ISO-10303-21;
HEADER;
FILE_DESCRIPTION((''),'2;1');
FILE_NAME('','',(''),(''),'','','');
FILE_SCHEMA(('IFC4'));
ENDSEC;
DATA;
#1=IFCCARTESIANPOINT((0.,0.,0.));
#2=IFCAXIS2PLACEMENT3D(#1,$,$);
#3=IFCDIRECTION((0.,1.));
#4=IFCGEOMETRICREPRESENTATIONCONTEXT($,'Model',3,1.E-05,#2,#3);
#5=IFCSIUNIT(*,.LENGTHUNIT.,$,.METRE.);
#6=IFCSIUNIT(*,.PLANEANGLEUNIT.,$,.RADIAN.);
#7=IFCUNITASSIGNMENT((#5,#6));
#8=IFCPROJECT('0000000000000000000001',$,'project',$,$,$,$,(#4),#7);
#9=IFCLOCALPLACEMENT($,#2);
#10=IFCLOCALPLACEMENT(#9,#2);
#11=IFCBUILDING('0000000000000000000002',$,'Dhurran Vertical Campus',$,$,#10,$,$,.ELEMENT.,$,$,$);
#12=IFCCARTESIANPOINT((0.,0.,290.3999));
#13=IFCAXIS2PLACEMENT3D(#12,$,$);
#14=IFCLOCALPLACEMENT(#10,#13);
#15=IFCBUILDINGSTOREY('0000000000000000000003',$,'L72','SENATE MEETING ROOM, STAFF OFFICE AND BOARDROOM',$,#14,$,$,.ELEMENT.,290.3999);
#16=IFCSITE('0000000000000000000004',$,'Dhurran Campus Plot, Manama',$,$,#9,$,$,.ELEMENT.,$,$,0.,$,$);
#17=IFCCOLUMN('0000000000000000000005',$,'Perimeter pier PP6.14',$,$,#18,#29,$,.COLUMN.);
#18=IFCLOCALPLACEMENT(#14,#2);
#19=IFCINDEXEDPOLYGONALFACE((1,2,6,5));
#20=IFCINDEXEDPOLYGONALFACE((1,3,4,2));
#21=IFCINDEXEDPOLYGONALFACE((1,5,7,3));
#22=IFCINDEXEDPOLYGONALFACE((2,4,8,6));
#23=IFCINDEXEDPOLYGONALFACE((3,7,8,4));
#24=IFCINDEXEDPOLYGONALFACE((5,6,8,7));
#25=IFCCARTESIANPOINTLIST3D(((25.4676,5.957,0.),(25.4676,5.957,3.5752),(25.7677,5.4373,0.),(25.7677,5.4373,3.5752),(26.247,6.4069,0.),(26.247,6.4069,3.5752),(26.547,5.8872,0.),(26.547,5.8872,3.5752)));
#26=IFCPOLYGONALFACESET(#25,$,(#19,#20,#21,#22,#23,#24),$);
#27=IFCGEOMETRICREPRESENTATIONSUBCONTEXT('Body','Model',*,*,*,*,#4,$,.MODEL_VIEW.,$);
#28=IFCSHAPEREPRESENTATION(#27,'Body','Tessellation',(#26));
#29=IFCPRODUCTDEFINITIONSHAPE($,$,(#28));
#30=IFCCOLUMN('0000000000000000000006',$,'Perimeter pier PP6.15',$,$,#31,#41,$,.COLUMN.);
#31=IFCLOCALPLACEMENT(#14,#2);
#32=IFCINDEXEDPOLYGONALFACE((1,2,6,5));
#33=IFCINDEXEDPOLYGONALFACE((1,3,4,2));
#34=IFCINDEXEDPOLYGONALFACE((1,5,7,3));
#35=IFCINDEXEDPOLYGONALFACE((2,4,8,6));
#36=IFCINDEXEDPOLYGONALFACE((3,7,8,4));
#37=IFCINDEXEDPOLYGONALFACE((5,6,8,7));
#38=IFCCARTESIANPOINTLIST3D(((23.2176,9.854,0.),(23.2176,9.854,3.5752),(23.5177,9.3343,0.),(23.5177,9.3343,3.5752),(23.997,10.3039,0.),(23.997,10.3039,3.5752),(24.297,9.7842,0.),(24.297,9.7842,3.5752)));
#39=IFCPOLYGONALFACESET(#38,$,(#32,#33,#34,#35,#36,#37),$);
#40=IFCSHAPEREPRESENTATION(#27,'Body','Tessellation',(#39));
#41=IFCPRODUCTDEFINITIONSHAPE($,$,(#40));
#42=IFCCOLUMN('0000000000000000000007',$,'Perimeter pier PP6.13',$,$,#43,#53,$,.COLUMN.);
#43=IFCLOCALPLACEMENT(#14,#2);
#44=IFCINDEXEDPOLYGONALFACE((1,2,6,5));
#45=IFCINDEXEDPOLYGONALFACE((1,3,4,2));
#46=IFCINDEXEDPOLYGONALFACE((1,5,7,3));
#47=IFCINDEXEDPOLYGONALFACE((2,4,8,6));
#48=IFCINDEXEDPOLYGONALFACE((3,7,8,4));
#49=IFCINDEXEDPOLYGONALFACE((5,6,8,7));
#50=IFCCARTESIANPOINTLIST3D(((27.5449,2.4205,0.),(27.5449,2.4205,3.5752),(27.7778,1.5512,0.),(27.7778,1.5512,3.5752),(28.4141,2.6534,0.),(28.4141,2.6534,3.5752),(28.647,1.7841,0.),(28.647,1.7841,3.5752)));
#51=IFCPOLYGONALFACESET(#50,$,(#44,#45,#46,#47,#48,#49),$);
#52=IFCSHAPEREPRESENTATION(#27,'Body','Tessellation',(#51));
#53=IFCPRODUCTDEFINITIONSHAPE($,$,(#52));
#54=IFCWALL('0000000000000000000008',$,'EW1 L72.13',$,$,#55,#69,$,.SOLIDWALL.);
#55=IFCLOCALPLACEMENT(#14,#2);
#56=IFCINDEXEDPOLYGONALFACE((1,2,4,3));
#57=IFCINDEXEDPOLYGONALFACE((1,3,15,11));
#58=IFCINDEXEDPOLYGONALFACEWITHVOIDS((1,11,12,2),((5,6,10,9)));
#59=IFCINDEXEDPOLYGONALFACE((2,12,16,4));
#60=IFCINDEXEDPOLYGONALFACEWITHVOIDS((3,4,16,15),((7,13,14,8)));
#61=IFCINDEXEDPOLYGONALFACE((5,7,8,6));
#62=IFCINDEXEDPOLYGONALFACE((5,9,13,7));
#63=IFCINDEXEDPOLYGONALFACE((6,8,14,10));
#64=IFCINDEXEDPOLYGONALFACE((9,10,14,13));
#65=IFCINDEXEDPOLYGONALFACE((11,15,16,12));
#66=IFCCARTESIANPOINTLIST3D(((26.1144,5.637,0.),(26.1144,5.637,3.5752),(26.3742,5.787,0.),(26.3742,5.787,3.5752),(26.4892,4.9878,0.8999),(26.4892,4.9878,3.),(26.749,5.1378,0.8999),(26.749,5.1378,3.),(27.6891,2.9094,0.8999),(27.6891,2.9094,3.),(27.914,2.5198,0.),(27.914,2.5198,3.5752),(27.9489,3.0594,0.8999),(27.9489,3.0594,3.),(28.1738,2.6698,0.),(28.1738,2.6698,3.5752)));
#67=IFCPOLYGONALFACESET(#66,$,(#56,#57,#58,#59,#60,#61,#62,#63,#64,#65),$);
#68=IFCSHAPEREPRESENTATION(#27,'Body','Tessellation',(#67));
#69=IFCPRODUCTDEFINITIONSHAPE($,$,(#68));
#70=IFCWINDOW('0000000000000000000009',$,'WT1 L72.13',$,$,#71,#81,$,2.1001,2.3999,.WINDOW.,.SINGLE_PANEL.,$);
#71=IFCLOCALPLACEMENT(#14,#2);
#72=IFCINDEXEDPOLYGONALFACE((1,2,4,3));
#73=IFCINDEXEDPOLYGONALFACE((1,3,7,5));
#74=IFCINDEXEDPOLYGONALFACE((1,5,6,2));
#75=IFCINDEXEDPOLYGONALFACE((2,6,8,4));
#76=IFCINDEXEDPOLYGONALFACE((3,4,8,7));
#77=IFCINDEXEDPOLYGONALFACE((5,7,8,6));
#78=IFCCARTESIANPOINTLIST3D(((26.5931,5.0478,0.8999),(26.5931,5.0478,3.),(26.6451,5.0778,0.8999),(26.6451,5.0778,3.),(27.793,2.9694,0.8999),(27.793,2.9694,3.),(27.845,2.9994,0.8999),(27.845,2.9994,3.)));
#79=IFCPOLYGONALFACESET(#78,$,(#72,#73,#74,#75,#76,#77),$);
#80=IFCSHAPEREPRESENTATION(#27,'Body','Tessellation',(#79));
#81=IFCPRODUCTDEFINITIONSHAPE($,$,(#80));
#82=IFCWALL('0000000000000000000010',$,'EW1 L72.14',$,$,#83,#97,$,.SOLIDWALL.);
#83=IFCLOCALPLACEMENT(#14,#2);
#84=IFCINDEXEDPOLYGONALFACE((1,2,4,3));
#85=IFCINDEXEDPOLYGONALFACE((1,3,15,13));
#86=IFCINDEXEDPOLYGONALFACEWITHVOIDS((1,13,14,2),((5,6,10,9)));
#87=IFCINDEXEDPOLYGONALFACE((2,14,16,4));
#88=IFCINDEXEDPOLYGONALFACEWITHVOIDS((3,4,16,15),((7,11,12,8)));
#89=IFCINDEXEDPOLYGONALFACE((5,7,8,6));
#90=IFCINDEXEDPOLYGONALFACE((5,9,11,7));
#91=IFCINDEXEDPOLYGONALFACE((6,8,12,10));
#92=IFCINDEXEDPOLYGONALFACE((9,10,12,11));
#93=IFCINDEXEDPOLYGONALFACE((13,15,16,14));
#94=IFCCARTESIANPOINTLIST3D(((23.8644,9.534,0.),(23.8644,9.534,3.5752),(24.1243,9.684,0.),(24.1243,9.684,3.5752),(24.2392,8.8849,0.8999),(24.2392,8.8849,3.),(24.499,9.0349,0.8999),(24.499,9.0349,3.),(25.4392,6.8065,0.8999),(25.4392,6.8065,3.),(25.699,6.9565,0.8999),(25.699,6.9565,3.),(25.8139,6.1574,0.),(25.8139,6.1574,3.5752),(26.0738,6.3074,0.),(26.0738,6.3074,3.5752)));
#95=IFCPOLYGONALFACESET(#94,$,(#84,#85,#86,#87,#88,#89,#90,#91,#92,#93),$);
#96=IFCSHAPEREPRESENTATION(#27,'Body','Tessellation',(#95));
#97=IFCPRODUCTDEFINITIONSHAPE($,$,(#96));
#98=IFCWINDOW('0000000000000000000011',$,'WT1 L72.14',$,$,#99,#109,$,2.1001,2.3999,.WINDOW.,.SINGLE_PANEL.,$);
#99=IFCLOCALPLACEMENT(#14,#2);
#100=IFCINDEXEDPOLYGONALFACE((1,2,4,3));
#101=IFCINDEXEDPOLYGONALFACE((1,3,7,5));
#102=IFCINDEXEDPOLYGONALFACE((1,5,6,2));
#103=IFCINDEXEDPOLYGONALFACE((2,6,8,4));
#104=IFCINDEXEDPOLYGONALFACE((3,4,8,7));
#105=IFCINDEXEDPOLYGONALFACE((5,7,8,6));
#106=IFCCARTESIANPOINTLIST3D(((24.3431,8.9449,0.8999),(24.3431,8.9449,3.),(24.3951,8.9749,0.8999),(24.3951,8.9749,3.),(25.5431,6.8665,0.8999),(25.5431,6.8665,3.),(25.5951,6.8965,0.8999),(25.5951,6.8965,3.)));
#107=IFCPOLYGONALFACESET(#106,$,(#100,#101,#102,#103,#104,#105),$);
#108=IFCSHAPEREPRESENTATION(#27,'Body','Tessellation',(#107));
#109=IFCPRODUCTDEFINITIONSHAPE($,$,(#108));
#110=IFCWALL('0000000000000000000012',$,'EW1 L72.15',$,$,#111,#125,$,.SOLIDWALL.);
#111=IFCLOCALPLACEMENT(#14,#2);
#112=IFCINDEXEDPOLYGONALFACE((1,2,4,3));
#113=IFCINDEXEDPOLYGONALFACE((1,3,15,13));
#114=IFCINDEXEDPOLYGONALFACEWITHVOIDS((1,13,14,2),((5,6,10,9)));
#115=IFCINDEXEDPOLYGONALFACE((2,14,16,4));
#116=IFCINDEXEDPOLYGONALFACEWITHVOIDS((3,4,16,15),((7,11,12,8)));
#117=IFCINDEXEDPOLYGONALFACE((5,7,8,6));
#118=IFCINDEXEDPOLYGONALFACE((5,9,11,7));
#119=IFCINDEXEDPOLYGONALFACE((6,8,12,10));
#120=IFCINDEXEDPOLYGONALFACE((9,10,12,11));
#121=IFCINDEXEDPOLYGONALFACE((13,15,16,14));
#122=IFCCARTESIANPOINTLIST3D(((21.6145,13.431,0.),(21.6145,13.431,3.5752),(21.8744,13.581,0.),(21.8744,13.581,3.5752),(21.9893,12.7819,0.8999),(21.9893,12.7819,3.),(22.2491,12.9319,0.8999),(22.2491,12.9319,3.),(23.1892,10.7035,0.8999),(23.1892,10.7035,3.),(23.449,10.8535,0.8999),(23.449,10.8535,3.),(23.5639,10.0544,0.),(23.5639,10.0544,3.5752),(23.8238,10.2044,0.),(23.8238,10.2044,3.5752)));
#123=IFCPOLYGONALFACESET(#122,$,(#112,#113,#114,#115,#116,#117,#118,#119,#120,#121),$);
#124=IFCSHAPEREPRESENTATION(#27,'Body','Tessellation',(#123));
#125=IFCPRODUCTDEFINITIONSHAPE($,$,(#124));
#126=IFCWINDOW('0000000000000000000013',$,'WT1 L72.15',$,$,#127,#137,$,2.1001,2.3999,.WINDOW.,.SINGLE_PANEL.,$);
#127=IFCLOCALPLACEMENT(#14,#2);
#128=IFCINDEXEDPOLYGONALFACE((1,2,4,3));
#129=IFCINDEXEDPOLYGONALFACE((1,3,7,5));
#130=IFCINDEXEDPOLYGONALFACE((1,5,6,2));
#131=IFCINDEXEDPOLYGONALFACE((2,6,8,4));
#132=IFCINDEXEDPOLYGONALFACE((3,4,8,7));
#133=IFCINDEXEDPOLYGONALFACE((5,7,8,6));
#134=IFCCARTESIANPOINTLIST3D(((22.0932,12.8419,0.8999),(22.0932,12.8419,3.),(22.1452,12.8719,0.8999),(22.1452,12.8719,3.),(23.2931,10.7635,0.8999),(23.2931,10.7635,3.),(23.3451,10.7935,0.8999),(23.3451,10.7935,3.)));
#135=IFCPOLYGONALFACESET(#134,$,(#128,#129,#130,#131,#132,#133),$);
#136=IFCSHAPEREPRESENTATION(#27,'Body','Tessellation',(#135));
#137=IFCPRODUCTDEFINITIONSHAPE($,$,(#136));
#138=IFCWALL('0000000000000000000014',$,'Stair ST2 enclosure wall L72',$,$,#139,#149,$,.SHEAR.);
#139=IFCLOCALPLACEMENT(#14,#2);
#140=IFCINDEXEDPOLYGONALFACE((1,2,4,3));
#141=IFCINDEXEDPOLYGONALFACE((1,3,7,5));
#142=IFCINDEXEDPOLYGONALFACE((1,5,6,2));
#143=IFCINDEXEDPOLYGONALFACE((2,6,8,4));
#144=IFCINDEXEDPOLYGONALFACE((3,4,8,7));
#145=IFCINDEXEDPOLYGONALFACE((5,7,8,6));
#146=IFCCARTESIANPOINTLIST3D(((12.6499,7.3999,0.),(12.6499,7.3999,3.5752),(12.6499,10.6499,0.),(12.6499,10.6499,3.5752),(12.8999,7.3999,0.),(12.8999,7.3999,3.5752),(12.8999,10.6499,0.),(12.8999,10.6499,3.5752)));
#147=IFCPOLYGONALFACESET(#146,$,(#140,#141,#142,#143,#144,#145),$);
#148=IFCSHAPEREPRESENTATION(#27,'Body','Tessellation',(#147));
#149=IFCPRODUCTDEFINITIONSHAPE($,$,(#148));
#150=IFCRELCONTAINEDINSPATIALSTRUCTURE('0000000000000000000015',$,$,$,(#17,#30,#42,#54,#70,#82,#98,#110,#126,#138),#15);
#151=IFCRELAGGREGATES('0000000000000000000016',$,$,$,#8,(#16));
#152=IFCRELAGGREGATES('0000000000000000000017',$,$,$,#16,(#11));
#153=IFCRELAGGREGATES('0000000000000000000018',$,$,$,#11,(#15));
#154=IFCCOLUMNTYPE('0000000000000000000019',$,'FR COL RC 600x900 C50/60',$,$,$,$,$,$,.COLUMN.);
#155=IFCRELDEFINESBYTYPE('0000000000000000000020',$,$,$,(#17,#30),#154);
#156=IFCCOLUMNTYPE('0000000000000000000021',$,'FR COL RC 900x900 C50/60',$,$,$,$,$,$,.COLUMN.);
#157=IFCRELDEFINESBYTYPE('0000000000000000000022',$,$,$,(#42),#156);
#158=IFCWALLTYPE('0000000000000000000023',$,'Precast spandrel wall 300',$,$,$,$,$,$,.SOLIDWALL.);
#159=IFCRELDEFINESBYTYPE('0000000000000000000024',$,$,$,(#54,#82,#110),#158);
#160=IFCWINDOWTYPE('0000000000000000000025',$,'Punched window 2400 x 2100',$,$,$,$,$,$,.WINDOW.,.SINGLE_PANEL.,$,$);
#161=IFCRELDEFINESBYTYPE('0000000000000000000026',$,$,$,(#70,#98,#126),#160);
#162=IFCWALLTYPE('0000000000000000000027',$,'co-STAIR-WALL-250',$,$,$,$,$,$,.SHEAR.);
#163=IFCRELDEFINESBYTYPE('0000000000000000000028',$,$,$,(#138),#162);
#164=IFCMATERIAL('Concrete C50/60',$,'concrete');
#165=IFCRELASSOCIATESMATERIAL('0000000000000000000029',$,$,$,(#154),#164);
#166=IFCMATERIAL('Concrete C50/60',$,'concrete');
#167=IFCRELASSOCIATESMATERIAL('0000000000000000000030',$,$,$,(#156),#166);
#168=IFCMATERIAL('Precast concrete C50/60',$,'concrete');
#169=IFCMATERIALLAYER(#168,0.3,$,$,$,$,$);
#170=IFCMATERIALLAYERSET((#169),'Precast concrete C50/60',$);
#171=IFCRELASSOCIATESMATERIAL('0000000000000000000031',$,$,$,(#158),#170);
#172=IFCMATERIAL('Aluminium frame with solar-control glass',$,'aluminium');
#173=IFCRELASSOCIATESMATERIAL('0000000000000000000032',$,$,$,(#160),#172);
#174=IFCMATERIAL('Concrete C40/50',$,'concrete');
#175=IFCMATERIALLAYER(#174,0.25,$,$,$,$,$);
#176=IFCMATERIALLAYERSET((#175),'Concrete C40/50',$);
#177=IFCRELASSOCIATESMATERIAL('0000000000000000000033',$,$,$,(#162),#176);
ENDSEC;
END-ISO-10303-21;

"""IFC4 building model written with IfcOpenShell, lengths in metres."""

from ifc_helpers import new_model, si_unit, direction, frame, frame_2d, origin, origin_2d, place, context, subcontext, project, spatial, rectangle, extrude, material, layer, layer_set, material_profile, profile_set, type_object, element, fill, save


model = new_model("IFC4")

# Units and contexts
model_context = context("Model", 3, precision=1e-05, world=origin(), true_north=direction((0.0, 1.0)))
body_context = subcontext(model_context, "Body", "Model", "MODEL_VIEW")
ifc_project = project(units=[si_unit("LENGTHUNIT", "METRE"), si_unit("PLANEANGLEUNIT", "RADIAN")], contexts=[model_context])

# Site, building, storey
site_placement = place(None, origin())
site = spatial("IfcSite", under=ifc_project, at=site_placement, Name="Dhurran Campus Plot, Manama", CompositionType="ELEMENT", RefElevation=0.0)
building_placement = place(site_placement, origin())
building = spatial("IfcBuilding", under=site, at=building_placement, Name="Dhurran Vertical Campus", CompositionType="ELEMENT")
storey_placement = place(building_placement, frame((0.0, 0.0, 290.3999)))
storey = spatial("IfcBuildingStorey", under=building, at=storey_placement, Name="L72", Description="SENATE MEETING ROOM, STAFF OFFICE AND BOARDROOM", CompositionType="ELEMENT", Elevation=290.3999)

# Columns
ifc_material_1 = material(Name="Concrete C50/60", Category="concrete")
ifc_material_profile_1 = material_profile(ifc_material_1, rectangle(XDim=0.6001, YDim=0.8999, at=origin_2d()), Name="RC 600x900")
ifc_profile_set_1 = profile_set([ifc_material_profile_1], Name="Concrete C50/60")
column_type_1 = type_object("IfcColumnType", Name="FR COL RC 600x900 C50/60", PredefinedType="COLUMN", material=ifc_profile_set_1)
for number, where, z_axis, x_axis, name in (
    (1, (26.0073, 5.9221, 0.0), (0.0, 0.0, 1.0), (-0.5, 0.866025, 0.0), "Perimeter pier PP6.14"),
    (2, (23.7573, 9.8191, 0.0), (0.0, 0.0, 1.0), (-0.5, 0.866025, 0.0), "Perimeter pier PP6.15"),
):
    element("IfcColumn", number, at=place(storey_placement, frame(where, z_axis=z_axis, x_axis=x_axis)), inside=storey, type_object=column_type_1, Name=name, PredefinedType="COLUMN", context=body_context, shape_type="SweptSolid", body=[
        extrude(rectangle(XDim=0.6001, YDim=0.8999, at=origin_2d()), origin(), (0.0, 0.0, 1.0), 3.5752),
    ])
ifc_material_2 = material(Name="Concrete C50/60", Category="concrete")
ifc_material_profile_2 = material_profile(ifc_material_2, rectangle(XDim=0.8999, YDim=0.8999, at=origin_2d()), Name="RC 900x900")
ifc_profile_set_2 = profile_set([ifc_material_profile_2], Name="Concrete C50/60")
column_type_2 = type_object("IfcColumnType", Name="FR COL RC 900x900 C50/60", PredefinedType="COLUMN", material=ifc_profile_set_2)
column_placement = place(storey_placement, frame((28.0959, 2.1023, 0.0), z_axis=(0.0, 0.0, 1.0), x_axis=(-0.258819, 0.965926, 0.0)))
element("IfcColumn", 3, at=column_placement, inside=storey, type_object=column_type_2, Name="Perimeter pier PP6.13", PredefinedType="COLUMN", context=body_context, shape_type="SweptSolid", body=[
    extrude(rectangle(XDim=0.8999, YDim=0.8999, at=origin_2d()), origin(), (0.0, 0.0, 1.0), 3.5752),
])

# Walls, openings, windows
ifc_material_3 = material(Name="Precast concrete C50/60", Category="concrete")
ifc_layer_1 = layer(ifc_material_3, 0.3)
ifc_layer_set_1 = layer_set([ifc_layer_1], Name="Precast concrete C50/60")
wall_type_1 = type_object("IfcWallType", Name="Precast spandrel wall 300", PredefinedType="SOLIDWALL", material=ifc_layer_set_1)
wall_1_placement = place(storey_placement, frame((28.0439, 2.5947, 0.0), z_axis=(0.0, 0.0, 1.0), x_axis=(-0.499969, 0.866043, 0.0)))
wall_1 = element("IfcWall", 4, at=wall_1_placement, inside=storey, type_object=wall_type_1, Name="EW1 L72.13", PredefinedType="SOLIDWALL", context=body_context, shape_type="SweptSolid", body=[
    extrude(rectangle(XDim=3.5994, YDim=0.3, at=frame_2d((1.7998, 0.0))), origin(), (0.0, 0.0, 1.0), 3.5752),
])
opening_1_placement = place(wall_1_placement, frame((0.45, 0.0, 0.8999)))
opening_1 = element("IfcOpeningElement", 5, at=opening_1_placement, cuts=wall_1, PredefinedType="OPENING", context=body_context, shape_type="SweptSolid", body=[
    extrude(rectangle(XDim=2.3999, YDim=2.1001, at=frame_2d((1.2, 1.05))), frame((0.0, 0.1599, 0.0), z_axis=(0.0, -1.0, 0.0), x_axis=(1.0, 0.0, 0.0)), (0.0, 0.0, 1.0), 0.3201),
])
ifc_material_4 = material(Name="Aluminium frame with solar-control glass", Category="aluminium")
window_type = type_object("IfcWindowType", Name="Punched window 2400 x 2100", PartitioningType="SINGLE_PANEL", PredefinedType="WINDOW", material=ifc_material_4)
window_1_placement = place(opening_1_placement, origin())
window_1 = element("IfcWindow", 6, at=window_1_placement, inside=storey, type_object=window_type, Name="WT1 L72.13", OverallHeight=2.1001, OverallWidth=2.3999, PartitioningType="SINGLE_PANEL", PredefinedType="WINDOW", context=body_context, shape_type="SweptSolid", body=[
    extrude(rectangle(XDim=2.3999, YDim=2.1001, at=frame_2d((1.2, 1.05))), frame((0.0, 0.03, 0.0), z_axis=(0.0, -1.0, 0.0), x_axis=(1.0, 0.0, 0.0)), (0.0, 0.0, 1.0), 0.0601),
])
fill(opening_1, window_1)
wall_2_placement = place(storey_placement, frame((25.9438, 6.2324, 0.0), z_axis=(0.0, 0.0, 1.0), x_axis=(-0.500012, 0.866019, 0.0)))
wall_2 = element("IfcWall", 7, at=wall_2_placement, inside=storey, type_object=wall_type_1, Name="EW1 L72.14", PredefinedType="SOLIDWALL", context=body_context, shape_type="SweptSolid", body=[
    extrude(rectangle(XDim=3.8989, YDim=0.3, at=frame_2d((1.9495, 0.0))), origin(), (0.0, 0.0, 1.0), 3.5752),
])
opening_2_placement = place(wall_2_placement, frame((0.7495, 0.0, 0.8999)))
opening_2 = element("IfcOpeningElement", 8, at=opening_2_placement, cuts=wall_2, PredefinedType="OPENING", context=body_context, shape_type="SweptSolid", body=[
    extrude(rectangle(XDim=2.3999, YDim=2.1001, at=frame_2d((1.2, 1.05))), frame((0.0, 0.1599, 0.0), z_axis=(0.0, -1.0, 0.0), x_axis=(1.0, 0.0, 0.0)), (0.0, 0.0, 1.0), 0.3201),
])
window_2_placement = place(opening_2_placement, origin())
window_2 = element("IfcWindow", 9, at=window_2_placement, inside=storey, type_object=window_type, Name="WT1 L72.14", OverallHeight=2.1001, OverallWidth=2.3999, PartitioningType="SINGLE_PANEL", PredefinedType="WINDOW", context=body_context, shape_type="SweptSolid", body=[
    extrude(rectangle(XDim=2.3999, YDim=2.1001, at=frame_2d((1.2, 1.05))), frame((0.0, 0.03, 0.0), z_axis=(0.0, -1.0, 0.0), x_axis=(1.0, 0.0, 0.0)), (0.0, 0.0, 1.0), 0.0601),
])
fill(opening_2, window_2)
wall_3_placement = place(storey_placement, frame((23.6938, 10.1294, 0.0), z_axis=(0.0, 0.0, 1.0), x_axis=(-0.499984, 0.866034, 0.0)))
wall_3 = element("IfcWall", 10, at=wall_3_placement, inside=storey, type_object=wall_type_1, Name="EW1 L72.15", PredefinedType="SOLIDWALL", context=body_context, shape_type="SweptSolid", body=[
    extrude(rectangle(XDim=3.8989, YDim=0.3, at=frame_2d((1.9495, 0.0))), origin(), (0.0, 0.0, 1.0), 3.5752),
])
opening_3_placement = place(wall_3_placement, frame((0.7495, 0.0, 0.8999)))
opening_3 = element("IfcOpeningElement", 11, at=opening_3_placement, cuts=wall_3, PredefinedType="OPENING", context=body_context, shape_type="SweptSolid", body=[
    extrude(rectangle(XDim=2.3999, YDim=2.1001, at=frame_2d((1.2, 1.05))), frame((0.0, 0.1599, 0.0), z_axis=(0.0, -1.0, 0.0), x_axis=(1.0, 0.0, 0.0)), (0.0, 0.0, 1.0), 0.3201),
])
window_3_placement = place(opening_3_placement, origin())
window_3 = element("IfcWindow", 12, at=window_3_placement, inside=storey, type_object=window_type, Name="WT1 L72.15", OverallHeight=2.1001, OverallWidth=2.3999, PartitioningType="SINGLE_PANEL", PredefinedType="WINDOW", context=body_context, shape_type="SweptSolid", body=[
    extrude(rectangle(XDim=2.3999, YDim=2.1001, at=frame_2d((1.2, 1.05))), frame((0.0, 0.03, 0.0), z_axis=(0.0, -1.0, 0.0), x_axis=(1.0, 0.0, 0.0)), (0.0, 0.0, 1.0), 0.0601),
])
fill(opening_3, window_3)

# Wall
ifc_material_5 = material(Name="Concrete C40/50", Category="concrete")
ifc_layer_2 = layer(ifc_material_5, 0.25)
ifc_layer_set_2 = layer_set([ifc_layer_2], Name="Concrete C40/50")
wall_type_2 = type_object("IfcWallType", Name="co-STAIR-WALL-250", PredefinedType="SHEAR", material=ifc_layer_set_2)
wall_4_placement = place(storey_placement, frame((12.7749, 7.3999, 0.0), z_axis=(0.0, 0.0, 1.0), x_axis=(0.0, 1.0, 0.0)))
element("IfcWall", 13, at=wall_4_placement, inside=storey, type_object=wall_type_2, Name="Stair ST2 enclosure wall L72", PredefinedType="SHEAR", context=body_context, shape_type="SweptSolid", body=[
    extrude(rectangle(XDim=3.25, YDim=0.25, at=frame_2d((1.625, 0.0))), origin(), (0.0, 0.0, 1.0), 3.5752),
])

save(model, "model.ifc")
